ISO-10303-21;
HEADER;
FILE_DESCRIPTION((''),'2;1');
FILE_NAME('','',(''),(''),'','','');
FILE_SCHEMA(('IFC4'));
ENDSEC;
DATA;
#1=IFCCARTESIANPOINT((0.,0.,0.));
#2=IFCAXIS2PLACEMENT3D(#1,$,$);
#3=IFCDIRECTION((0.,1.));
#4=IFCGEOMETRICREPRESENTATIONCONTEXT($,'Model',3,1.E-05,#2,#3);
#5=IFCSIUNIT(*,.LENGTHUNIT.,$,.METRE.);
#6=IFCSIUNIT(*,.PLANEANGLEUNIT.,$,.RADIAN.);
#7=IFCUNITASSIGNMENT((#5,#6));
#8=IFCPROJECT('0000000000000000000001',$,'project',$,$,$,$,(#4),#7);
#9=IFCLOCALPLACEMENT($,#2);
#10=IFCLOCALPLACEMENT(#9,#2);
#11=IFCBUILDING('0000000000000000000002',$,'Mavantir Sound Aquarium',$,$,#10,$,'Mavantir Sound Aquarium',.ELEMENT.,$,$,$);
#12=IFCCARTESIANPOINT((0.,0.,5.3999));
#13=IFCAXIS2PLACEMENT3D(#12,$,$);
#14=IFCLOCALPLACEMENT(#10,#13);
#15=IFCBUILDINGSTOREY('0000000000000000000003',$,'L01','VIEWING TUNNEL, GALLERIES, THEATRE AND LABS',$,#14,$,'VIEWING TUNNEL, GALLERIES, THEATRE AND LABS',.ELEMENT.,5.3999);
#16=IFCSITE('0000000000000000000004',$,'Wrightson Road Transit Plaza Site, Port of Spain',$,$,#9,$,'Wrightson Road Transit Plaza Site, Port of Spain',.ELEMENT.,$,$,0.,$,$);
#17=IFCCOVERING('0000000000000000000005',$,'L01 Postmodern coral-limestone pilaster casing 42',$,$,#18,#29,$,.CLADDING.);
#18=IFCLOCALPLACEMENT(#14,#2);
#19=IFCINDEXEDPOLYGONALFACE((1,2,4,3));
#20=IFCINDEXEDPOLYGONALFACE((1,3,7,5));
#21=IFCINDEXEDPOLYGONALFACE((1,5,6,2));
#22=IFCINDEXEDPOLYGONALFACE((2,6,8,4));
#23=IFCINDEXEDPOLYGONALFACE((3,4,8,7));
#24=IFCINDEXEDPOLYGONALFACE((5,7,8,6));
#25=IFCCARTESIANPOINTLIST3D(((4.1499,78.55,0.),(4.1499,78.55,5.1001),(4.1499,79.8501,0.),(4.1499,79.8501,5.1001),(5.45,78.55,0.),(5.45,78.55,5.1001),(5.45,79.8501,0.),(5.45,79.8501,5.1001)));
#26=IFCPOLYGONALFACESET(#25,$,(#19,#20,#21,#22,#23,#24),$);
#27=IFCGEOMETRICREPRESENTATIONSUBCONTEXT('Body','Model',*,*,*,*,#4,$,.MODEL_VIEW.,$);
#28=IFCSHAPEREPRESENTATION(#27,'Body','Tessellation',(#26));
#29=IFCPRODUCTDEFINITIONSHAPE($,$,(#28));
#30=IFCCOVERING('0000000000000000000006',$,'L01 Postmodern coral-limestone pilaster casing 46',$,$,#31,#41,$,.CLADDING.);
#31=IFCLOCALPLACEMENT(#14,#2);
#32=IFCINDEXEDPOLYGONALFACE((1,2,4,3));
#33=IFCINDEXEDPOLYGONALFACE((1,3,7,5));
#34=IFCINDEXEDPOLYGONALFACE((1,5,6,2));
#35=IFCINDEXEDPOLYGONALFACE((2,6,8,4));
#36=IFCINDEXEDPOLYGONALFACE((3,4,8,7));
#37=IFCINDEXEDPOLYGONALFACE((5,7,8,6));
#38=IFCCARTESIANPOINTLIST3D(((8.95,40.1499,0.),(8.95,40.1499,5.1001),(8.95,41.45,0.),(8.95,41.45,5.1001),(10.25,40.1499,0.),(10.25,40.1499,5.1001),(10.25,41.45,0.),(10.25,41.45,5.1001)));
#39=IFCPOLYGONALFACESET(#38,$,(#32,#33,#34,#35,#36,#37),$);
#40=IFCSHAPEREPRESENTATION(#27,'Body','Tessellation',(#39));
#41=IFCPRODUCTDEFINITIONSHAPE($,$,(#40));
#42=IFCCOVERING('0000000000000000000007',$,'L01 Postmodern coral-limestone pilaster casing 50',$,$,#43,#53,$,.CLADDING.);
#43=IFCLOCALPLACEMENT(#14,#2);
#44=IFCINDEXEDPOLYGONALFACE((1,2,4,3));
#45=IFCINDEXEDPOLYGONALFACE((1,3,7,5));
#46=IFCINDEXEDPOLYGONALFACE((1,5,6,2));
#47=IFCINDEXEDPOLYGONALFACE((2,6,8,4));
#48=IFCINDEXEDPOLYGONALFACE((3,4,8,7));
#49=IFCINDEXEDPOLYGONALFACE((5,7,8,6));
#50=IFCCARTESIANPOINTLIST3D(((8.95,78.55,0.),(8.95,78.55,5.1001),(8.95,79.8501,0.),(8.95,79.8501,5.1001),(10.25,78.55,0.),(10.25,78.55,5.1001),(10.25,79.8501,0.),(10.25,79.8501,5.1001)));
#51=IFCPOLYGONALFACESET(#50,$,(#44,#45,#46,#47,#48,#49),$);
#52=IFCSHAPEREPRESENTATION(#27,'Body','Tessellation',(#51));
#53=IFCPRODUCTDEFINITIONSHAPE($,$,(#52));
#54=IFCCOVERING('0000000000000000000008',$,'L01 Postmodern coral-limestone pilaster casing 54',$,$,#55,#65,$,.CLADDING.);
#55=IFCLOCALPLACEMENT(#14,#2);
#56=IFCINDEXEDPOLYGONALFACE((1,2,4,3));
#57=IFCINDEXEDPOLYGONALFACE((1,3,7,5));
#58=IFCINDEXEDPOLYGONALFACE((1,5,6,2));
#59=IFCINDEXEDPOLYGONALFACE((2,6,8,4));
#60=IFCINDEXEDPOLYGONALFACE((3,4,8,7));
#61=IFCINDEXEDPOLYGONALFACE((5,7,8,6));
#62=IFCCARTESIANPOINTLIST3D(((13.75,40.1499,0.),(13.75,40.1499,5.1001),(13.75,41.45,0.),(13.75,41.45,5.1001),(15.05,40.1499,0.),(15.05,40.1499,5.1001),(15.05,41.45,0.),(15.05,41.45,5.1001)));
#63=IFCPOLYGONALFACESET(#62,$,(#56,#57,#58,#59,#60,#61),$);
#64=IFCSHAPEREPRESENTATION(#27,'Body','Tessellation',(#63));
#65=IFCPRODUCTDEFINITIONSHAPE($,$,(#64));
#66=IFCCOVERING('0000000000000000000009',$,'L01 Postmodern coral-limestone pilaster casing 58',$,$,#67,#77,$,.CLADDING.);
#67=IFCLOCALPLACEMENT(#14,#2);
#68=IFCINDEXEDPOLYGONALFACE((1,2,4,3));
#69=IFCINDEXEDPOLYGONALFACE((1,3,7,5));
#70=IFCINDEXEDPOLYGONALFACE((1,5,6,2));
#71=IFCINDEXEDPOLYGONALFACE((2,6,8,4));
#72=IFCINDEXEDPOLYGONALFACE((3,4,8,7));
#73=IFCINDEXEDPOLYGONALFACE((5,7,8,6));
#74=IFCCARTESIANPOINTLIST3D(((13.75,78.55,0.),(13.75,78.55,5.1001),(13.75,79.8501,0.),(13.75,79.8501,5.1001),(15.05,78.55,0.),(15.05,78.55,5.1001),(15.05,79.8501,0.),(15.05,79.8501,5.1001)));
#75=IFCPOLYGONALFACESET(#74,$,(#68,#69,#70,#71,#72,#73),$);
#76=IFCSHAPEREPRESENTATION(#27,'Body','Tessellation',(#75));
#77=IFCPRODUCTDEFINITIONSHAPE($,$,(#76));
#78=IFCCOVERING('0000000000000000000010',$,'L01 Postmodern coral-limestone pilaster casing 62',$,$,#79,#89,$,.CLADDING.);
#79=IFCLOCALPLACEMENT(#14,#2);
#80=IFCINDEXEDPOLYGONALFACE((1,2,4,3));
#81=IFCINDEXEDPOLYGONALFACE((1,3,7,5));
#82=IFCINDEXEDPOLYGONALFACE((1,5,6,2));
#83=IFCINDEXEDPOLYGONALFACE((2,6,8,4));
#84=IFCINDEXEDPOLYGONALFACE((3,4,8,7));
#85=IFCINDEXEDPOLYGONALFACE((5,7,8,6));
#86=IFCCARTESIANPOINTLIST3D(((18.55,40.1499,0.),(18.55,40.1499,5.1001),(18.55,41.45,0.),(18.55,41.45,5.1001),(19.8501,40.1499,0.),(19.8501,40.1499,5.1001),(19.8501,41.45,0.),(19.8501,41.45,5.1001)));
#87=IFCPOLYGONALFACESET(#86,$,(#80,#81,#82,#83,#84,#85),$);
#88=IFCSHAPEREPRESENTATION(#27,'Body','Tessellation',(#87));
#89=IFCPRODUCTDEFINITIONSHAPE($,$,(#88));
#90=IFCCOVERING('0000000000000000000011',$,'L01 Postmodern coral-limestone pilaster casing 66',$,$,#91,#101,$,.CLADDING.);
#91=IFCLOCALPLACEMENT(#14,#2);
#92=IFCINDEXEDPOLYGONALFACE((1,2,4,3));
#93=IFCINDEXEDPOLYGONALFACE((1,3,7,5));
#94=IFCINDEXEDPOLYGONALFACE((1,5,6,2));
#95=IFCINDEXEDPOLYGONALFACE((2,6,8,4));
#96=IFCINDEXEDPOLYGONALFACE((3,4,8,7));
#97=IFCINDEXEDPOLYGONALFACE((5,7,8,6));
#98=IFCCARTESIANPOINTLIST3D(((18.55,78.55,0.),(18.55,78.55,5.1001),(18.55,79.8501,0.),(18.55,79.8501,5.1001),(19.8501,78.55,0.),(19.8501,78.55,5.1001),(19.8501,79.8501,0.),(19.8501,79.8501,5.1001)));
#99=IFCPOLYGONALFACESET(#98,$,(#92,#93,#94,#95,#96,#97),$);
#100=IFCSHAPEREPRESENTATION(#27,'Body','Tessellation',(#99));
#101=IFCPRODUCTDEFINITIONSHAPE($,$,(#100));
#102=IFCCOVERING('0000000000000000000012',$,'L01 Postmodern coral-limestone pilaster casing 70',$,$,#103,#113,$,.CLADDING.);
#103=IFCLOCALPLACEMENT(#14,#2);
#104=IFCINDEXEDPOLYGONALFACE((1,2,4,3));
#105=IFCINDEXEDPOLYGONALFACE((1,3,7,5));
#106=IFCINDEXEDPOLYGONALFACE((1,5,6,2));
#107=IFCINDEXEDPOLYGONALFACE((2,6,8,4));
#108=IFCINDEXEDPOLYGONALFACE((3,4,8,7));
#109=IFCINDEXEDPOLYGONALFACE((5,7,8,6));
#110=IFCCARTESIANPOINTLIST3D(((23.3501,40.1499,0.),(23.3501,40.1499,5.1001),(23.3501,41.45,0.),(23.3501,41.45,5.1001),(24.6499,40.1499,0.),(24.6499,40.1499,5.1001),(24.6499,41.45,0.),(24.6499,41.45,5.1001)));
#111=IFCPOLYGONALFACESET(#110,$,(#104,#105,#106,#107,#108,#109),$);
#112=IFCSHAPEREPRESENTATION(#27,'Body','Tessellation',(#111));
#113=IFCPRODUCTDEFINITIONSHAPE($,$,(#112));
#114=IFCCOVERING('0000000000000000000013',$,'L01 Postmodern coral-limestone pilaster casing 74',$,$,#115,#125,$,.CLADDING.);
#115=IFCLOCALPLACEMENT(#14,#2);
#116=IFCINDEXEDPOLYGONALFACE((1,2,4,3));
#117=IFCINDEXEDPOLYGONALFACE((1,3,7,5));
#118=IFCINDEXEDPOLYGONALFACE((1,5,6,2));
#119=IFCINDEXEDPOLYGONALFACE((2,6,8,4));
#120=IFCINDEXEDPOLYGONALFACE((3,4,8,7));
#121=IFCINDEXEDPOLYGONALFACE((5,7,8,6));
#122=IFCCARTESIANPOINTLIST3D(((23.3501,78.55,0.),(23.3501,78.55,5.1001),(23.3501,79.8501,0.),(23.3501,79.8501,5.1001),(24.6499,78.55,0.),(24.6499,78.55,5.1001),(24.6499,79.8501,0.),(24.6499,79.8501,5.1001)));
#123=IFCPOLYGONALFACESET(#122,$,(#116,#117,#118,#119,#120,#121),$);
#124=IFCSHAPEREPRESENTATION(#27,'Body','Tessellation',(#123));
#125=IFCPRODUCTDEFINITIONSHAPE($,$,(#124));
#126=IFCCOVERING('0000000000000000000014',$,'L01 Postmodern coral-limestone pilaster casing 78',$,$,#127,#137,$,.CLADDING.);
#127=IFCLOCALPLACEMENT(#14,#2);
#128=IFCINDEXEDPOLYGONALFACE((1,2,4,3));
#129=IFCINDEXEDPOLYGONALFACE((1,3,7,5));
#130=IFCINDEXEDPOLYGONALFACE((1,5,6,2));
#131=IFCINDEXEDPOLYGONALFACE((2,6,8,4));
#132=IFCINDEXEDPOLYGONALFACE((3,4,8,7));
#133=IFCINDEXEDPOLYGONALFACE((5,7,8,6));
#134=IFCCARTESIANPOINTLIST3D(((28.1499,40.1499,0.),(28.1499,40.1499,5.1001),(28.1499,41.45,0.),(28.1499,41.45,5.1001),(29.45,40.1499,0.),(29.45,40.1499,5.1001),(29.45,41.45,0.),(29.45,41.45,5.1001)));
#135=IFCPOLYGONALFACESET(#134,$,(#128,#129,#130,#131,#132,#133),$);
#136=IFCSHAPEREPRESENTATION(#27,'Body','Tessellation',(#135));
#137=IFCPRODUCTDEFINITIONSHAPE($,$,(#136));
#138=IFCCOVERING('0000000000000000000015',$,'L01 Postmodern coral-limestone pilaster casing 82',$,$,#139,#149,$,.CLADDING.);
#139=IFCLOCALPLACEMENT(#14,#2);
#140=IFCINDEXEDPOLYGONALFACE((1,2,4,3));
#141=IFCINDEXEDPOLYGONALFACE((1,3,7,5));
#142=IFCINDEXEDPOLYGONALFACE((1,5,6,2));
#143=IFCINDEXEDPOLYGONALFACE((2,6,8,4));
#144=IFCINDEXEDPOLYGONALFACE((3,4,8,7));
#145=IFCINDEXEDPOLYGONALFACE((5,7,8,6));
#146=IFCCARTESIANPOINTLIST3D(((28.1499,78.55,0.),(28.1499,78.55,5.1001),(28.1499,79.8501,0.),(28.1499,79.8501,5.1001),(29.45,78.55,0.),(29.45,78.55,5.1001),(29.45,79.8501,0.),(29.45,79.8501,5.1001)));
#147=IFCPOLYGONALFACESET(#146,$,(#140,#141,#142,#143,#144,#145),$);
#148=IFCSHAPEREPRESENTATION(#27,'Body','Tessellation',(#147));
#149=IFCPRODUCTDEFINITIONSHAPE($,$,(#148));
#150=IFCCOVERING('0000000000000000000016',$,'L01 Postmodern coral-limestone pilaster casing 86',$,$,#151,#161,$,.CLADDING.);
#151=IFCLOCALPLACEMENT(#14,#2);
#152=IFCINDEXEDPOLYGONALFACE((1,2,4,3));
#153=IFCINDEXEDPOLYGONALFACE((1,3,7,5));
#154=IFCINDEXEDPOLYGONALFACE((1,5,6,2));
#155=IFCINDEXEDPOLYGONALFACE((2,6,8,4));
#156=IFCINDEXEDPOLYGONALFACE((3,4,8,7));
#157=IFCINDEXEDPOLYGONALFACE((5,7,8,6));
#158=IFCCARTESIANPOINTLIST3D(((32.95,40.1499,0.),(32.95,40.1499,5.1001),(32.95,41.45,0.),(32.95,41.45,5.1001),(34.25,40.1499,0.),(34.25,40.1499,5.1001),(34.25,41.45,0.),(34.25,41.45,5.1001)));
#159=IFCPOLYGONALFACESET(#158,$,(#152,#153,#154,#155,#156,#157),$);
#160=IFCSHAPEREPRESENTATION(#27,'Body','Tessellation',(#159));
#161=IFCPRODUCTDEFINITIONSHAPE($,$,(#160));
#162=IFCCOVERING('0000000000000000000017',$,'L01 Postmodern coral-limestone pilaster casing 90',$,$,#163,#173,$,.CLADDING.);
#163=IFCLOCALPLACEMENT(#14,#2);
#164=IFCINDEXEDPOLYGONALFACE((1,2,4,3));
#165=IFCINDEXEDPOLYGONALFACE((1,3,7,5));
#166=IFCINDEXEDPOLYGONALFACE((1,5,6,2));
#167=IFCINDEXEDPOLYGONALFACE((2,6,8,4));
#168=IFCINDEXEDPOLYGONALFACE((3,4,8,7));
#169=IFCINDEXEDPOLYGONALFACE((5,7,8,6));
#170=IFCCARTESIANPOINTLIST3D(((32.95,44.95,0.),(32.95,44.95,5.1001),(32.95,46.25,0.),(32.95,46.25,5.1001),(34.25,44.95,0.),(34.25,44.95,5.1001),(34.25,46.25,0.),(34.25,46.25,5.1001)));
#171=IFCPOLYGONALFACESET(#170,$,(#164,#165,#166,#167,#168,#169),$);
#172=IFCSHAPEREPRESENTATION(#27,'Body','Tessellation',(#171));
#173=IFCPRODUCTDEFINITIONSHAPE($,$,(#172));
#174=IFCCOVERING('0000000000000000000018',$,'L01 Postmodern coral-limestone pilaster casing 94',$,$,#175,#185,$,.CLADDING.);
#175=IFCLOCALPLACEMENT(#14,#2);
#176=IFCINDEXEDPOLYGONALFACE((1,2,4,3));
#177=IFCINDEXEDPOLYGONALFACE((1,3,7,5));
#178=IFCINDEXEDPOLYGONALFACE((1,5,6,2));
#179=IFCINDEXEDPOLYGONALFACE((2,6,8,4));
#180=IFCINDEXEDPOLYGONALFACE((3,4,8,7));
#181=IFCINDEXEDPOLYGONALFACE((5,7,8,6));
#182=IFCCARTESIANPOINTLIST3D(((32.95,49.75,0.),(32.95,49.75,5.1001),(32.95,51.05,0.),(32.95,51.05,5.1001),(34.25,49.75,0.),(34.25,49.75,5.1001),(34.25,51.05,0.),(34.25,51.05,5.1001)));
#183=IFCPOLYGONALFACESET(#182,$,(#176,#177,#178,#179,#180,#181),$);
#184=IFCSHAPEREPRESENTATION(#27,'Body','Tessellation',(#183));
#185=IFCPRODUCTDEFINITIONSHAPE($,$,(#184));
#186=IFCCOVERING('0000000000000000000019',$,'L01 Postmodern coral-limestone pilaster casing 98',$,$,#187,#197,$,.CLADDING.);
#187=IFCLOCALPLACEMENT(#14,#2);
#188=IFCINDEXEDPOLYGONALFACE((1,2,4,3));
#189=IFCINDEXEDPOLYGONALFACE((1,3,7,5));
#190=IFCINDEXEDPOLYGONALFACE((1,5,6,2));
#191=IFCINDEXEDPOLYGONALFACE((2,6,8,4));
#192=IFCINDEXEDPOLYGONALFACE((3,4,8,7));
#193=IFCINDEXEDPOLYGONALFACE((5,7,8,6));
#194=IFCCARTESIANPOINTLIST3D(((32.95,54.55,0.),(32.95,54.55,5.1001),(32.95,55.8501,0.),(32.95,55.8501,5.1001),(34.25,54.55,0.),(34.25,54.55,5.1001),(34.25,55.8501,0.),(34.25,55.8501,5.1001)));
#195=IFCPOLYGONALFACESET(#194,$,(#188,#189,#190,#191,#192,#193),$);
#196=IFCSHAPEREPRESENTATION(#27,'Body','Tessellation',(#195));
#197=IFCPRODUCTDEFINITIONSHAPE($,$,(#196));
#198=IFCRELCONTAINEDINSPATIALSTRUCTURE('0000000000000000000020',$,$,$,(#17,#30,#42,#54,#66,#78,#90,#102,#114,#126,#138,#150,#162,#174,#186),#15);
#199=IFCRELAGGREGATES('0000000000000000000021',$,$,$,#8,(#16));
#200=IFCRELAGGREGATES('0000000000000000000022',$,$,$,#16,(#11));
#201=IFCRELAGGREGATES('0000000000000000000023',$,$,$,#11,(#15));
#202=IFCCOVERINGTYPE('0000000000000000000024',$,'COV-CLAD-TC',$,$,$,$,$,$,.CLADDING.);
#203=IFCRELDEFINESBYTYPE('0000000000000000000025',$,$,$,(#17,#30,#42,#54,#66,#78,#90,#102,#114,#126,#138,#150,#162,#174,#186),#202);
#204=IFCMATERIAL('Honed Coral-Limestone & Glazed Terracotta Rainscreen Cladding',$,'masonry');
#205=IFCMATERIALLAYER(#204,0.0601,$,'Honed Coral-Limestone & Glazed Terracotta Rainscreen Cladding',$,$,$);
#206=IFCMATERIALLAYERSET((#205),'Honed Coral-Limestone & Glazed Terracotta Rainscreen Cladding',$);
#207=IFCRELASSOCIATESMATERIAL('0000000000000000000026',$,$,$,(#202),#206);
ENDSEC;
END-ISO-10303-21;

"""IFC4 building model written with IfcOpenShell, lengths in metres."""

from ifc_helpers import new_model, si_unit, direction, frame, origin, place, context, subcontext, project, spatial, polyline, outline, extrude, material, layer, layer_set, type_object, element, save


model = new_model("IFC4")

# Units and contexts
model_context = context("Model", 3, precision=1e-05, world=origin(), true_north=direction((0.0, 1.0)))
body_context = subcontext(model_context, "Body", "Model", "MODEL_VIEW")
ifc_project = project(units=[si_unit("LENGTHUNIT", "METRE"), si_unit("PLANEANGLEUNIT", "RADIAN")], contexts=[model_context])

# Site, building, storey
site_placement = place(None, origin())
site = spatial("IfcSite", under=ifc_project, at=site_placement, Name="Wrightson Road Transit Plaza Site, Port of Spain", LongName="Wrightson Road Transit Plaza Site, Port of Spain", CompositionType="ELEMENT", RefElevation=0.0)
building_placement = place(site_placement, origin())
building = spatial("IfcBuilding", under=site, at=building_placement, Name="Mavantir Sound Aquarium", LongName="Mavantir Sound Aquarium", CompositionType="ELEMENT")
storey_placement = place(building_placement, frame((0.0, 0.0, 5.3999)))
storey = spatial("IfcBuildingStorey", under=building, at=storey_placement, Name="L01", Description="VIEWING TUNNEL, GALLERIES, THEATRE AND LABS", LongName="VIEWING TUNNEL, GALLERIES, THEATRE AND LABS", CompositionType="ELEMENT", Elevation=5.3999)

# Coverings
ifc_material = material(Name="Honed Coral-Limestone & Glazed Terracotta Rainscreen Cladding", Category="masonry")
ifc_layer = layer(ifc_material, 0.0601, Name="Honed Coral-Limestone & Glazed Terracotta Rainscreen Cladding")
ifc_layer_set = layer_set([ifc_layer], Name="Honed Coral-Limestone & Glazed Terracotta Rainscreen Cladding")
covering_type = type_object("IfcCoveringType", Name="COV-CLAD-TC", PredefinedType="CLADDING", material=ifc_layer_set)
covering_1_placement = place(storey_placement, origin())
element("IfcCovering", 1, at=covering_1_placement, inside=storey, type_object=covering_type, Name="L01 Postmodern coral-limestone pilaster casing 42", PredefinedType="CLADDING", context=body_context, shape_type="SweptSolid", body=[
    extrude(outline(polyline([(4.1499, 78.55), (5.45, 78.55), (5.45, 79.8501), (4.1499, 79.8501), (4.1499, 78.55)])), origin(), (0.0, 0.0, 1.0), 5.1001),
])
covering_2_placement = place(storey_placement, origin())
element("IfcCovering", 2, at=covering_2_placement, inside=storey, type_object=covering_type, Name="L01 Postmodern coral-limestone pilaster casing 46", PredefinedType="CLADDING", context=body_context, shape_type="SweptSolid", body=[
    extrude(outline(polyline([(8.95, 40.1499), (10.25, 40.1499), (10.25, 41.45), (8.95, 41.45), (8.95, 40.1499)])), origin(), (0.0, 0.0, 1.0), 5.1001),
])
covering_3_placement = place(storey_placement, origin())
element("IfcCovering", 3, at=covering_3_placement, inside=storey, type_object=covering_type, Name="L01 Postmodern coral-limestone pilaster casing 50", PredefinedType="CLADDING", context=body_context, shape_type="SweptSolid", body=[
    extrude(outline(polyline([(8.95, 78.55), (10.25, 78.55), (10.25, 79.8501), (8.95, 79.8501), (8.95, 78.55)])), origin(), (0.0, 0.0, 1.0), 5.1001),
])
covering_4_placement = place(storey_placement, origin())
element("IfcCovering", 4, at=covering_4_placement, inside=storey, type_object=covering_type, Name="L01 Postmodern coral-limestone pilaster casing 54", PredefinedType="CLADDING", context=body_context, shape_type="SweptSolid", body=[
    extrude(outline(polyline([(13.75, 40.1499), (15.05, 40.1499), (15.05, 41.45), (13.75, 41.45), (13.75, 40.1499)])), origin(), (0.0, 0.0, 1.0), 5.1001),
])
covering_5_placement = place(storey_placement, origin())
element("IfcCovering", 5, at=covering_5_placement, inside=storey, type_object=covering_type, Name="L01 Postmodern coral-limestone pilaster casing 58", PredefinedType="CLADDING", context=body_context, shape_type="SweptSolid", body=[
    extrude(outline(polyline([(13.75, 78.55), (15.05, 78.55), (15.05, 79.8501), (13.75, 79.8501), (13.75, 78.55)])), origin(), (0.0, 0.0, 1.0), 5.1001),
])
covering_6_placement = place(storey_placement, origin())
element("IfcCovering", 6, at=covering_6_placement, inside=storey, type_object=covering_type, Name="L01 Postmodern coral-limestone pilaster casing 62", PredefinedType="CLADDING", context=body_context, shape_type="SweptSolid", body=[
    extrude(outline(polyline([(18.55, 40.1499), (19.8501, 40.1499), (19.8501, 41.45), (18.55, 41.45), (18.55, 40.1499)])), origin(), (0.0, 0.0, 1.0), 5.1001),
])
covering_7_placement = place(storey_placement, origin())
element("IfcCovering", 7, at=covering_7_placement, inside=storey, type_object=covering_type, Name="L01 Postmodern coral-limestone pilaster casing 66", PredefinedType="CLADDING", context=body_context, shape_type="SweptSolid", body=[
    extrude(outline(polyline([(18.55, 78.55), (19.8501, 78.55), (19.8501, 79.8501), (18.55, 79.8501), (18.55, 78.55)])), origin(), (0.0, 0.0, 1.0), 5.1001),
])
covering_8_placement = place(storey_placement, origin())
element("IfcCovering", 8, at=covering_8_placement, inside=storey, type_object=covering_type, Name="L01 Postmodern coral-limestone pilaster casing 70", PredefinedType="CLADDING", context=body_context, shape_type="SweptSolid", body=[
    extrude(outline(polyline([(23.3501, 40.1499), (24.6499, 40.1499), (24.6499, 41.45), (23.3501, 41.45), (23.3501, 40.1499)])), origin(), (0.0, 0.0, 1.0), 5.1001),
])
covering_9_placement = place(storey_placement, origin())
element("IfcCovering", 9, at=covering_9_placement, inside=storey, type_object=covering_type, Name="L01 Postmodern coral-limestone pilaster casing 74", PredefinedType="CLADDING", context=body_context, shape_type="SweptSolid", body=[
    extrude(outline(polyline([(23.3501, 78.55), (24.6499, 78.55), (24.6499, 79.8501), (23.3501, 79.8501), (23.3501, 78.55)])), origin(), (0.0, 0.0, 1.0), 5.1001),
])
covering_10_placement = place(storey_placement, origin())
element("IfcCovering", 10, at=covering_10_placement, inside=storey, type_object=covering_type, Name="L01 Postmodern coral-limestone pilaster casing 78", PredefinedType="CLADDING", context=body_context, shape_type="SweptSolid", body=[
    extrude(outline(polyline([(28.1499, 40.1499), (29.45, 40.1499), (29.45, 41.45), (28.1499, 41.45), (28.1499, 40.1499)])), origin(), (0.0, 0.0, 1.0), 5.1001),
])
covering_11_placement = place(storey_placement, origin())
element("IfcCovering", 11, at=covering_11_placement, inside=storey, type_object=covering_type, Name="L01 Postmodern coral-limestone pilaster casing 82", PredefinedType="CLADDING", context=body_context, shape_type="SweptSolid", body=[
    extrude(outline(polyline([(28.1499, 78.55), (29.45, 78.55), (29.45, 79.8501), (28.1499, 79.8501), (28.1499, 78.55)])), origin(), (0.0, 0.0, 1.0), 5.1001),
])
covering_12_placement = place(storey_placement, origin())
element("IfcCovering", 12, at=covering_12_placement, inside=storey, type_object=covering_type, Name="L01 Postmodern coral-limestone pilaster casing 86", PredefinedType="CLADDING", context=body_context, shape_type="SweptSolid", body=[
    extrude(outline(polyline([(32.95, 40.1499), (34.25, 40.1499), (34.25, 41.45), (32.95, 41.45), (32.95, 40.1499)])), origin(), (0.0, 0.0, 1.0), 5.1001),
])
covering_13_placement = place(storey_placement, origin())
element("IfcCovering", 13, at=covering_13_placement, inside=storey, type_object=covering_type, Name="L01 Postmodern coral-limestone pilaster casing 90", PredefinedType="CLADDING", context=body_context, shape_type="SweptSolid", body=[
    extrude(outline(polyline([(32.95, 44.95), (34.25, 44.95), (34.25, 46.25), (32.95, 46.25), (32.95, 44.95)])), origin(), (0.0, 0.0, 1.0), 5.1001),
])
covering_14_placement = place(storey_placement, origin())
element("IfcCovering", 14, at=covering_14_placement, inside=storey, type_object=covering_type, Name="L01 Postmodern coral-limestone pilaster casing 94", PredefinedType="CLADDING", context=body_context, shape_type="SweptSolid", body=[
    extrude(outline(polyline([(32.95, 49.75), (34.25, 49.75), (34.25, 51.05), (32.95, 51.05), (32.95, 49.75)])), origin(), (0.0, 0.0, 1.0), 5.1001),
])
covering_15_placement = place(storey_placement, origin())
element("IfcCovering", 15, at=covering_15_placement, inside=storey, type_object=covering_type, Name="L01 Postmodern coral-limestone pilaster casing 98", PredefinedType="CLADDING", context=body_context, shape_type="SweptSolid", body=[
    extrude(outline(polyline([(32.95, 54.55), (34.25, 54.55), (34.25, 55.8501), (32.95, 55.8501), (32.95, 54.55)])), origin(), (0.0, 0.0, 1.0), 5.1001),
])

save(model, "model.ifc")
